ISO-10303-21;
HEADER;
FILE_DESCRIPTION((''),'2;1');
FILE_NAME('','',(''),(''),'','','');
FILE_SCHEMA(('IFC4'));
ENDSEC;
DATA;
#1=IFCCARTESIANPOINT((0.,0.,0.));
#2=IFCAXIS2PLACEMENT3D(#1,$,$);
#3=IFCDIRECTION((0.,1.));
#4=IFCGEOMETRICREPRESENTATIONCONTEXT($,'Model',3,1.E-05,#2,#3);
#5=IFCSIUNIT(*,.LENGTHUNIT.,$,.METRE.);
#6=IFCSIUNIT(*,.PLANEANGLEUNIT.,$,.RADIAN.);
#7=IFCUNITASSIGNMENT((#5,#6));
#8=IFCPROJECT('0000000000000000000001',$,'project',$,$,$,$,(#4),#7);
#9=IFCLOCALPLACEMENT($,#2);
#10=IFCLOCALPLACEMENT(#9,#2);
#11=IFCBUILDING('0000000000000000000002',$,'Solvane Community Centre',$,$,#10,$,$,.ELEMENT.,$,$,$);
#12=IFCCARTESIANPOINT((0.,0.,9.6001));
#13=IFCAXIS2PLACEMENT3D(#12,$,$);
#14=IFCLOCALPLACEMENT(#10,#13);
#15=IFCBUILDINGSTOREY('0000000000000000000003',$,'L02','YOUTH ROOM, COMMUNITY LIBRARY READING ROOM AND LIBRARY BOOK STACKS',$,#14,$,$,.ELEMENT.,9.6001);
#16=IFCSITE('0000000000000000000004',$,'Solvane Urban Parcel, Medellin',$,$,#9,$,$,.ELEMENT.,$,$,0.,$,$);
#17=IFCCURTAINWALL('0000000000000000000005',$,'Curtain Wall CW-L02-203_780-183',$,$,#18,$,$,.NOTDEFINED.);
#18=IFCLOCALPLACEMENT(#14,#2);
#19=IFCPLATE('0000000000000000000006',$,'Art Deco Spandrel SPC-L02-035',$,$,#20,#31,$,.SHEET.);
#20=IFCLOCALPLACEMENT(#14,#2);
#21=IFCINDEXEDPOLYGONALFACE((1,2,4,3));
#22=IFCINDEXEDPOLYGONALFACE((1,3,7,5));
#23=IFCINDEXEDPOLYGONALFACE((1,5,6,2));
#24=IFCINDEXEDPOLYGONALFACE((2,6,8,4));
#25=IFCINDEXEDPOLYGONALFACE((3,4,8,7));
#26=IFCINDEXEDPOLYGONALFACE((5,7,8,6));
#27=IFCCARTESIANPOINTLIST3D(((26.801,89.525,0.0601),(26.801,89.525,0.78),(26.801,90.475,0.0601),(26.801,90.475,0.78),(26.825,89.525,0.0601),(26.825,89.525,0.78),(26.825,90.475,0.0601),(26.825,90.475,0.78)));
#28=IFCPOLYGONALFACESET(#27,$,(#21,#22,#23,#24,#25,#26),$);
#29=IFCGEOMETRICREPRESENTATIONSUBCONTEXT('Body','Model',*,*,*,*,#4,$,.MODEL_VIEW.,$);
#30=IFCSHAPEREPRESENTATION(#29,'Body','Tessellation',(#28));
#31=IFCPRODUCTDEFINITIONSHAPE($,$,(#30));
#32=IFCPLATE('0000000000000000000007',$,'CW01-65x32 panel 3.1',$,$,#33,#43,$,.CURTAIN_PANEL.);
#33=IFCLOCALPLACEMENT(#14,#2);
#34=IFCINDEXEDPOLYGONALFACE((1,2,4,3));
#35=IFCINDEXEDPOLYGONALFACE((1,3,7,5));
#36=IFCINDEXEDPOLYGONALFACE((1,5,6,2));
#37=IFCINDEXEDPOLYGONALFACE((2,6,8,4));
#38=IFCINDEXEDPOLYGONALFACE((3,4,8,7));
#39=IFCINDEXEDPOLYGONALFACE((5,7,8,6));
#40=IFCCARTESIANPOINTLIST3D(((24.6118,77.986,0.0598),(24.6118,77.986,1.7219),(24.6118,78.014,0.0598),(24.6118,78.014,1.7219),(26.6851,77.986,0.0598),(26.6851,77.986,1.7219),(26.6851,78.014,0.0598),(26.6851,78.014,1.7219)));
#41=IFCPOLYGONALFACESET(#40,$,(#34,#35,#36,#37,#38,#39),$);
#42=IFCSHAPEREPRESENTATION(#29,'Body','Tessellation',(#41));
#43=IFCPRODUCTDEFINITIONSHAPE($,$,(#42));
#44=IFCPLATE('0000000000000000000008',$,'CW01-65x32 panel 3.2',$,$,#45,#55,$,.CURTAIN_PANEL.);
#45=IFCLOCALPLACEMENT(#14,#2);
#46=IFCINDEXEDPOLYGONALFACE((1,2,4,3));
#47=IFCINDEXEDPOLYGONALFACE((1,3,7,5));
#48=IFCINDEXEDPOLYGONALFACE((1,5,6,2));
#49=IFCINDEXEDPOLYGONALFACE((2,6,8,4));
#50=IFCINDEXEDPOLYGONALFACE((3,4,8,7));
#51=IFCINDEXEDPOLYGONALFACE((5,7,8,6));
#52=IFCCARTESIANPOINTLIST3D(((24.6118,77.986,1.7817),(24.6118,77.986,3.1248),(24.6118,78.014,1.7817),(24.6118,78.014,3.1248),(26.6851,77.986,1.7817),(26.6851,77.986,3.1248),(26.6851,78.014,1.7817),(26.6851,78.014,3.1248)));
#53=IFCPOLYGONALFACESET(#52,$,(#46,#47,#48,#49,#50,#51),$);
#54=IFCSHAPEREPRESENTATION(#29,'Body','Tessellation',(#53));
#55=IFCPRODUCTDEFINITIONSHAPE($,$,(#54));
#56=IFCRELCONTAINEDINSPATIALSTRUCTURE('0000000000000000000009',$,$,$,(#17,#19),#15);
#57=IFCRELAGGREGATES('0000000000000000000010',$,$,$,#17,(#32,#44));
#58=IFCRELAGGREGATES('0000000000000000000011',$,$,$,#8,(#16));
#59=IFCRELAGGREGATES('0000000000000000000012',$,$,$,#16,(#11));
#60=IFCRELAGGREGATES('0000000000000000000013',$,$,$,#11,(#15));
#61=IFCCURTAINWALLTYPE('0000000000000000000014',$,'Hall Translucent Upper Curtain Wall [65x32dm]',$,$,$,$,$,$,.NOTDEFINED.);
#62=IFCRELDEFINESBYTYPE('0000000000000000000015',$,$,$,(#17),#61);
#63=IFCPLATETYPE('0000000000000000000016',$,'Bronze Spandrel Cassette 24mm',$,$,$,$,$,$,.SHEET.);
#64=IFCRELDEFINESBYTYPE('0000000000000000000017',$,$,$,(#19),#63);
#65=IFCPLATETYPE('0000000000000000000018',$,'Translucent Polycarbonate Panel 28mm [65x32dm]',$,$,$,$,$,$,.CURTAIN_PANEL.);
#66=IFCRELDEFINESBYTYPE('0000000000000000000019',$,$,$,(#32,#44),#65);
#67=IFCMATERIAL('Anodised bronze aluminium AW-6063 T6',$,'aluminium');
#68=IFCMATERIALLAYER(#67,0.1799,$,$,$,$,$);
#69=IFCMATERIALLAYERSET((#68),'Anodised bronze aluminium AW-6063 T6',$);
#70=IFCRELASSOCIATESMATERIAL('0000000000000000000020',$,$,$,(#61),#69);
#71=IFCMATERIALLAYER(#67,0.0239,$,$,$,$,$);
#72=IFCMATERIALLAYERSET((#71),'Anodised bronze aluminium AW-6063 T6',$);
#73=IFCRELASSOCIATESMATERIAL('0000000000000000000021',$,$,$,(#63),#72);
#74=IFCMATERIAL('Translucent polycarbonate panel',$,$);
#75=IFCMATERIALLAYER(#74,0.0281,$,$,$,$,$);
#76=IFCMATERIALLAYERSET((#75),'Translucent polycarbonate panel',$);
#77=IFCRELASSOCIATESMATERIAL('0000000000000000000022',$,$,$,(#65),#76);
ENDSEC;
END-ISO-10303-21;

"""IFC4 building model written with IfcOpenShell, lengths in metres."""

from ifc_helpers import new_model, si_unit, direction, frame, origin, origin_2d, place, context, subcontext, project, spatial, rectangle, extrude, material, layer, layer_set, type_object, element, aggregate, save


model = new_model("IFC4")

# Units and contexts
model_context = context("Model", 3, precision=1e-05, world=origin(), true_north=direction((0.0, 1.0)))
body_context = subcontext(model_context, "Body", "Model", "MODEL_VIEW")
ifc_project = project(units=[si_unit("LENGTHUNIT", "METRE"), si_unit("PLANEANGLEUNIT", "RADIAN")], contexts=[model_context])

# Site, building, storey
site_placement = place(None, origin())
site = spatial("IfcSite", under=ifc_project, at=site_placement, Name="Solvane Urban Parcel, Medellin", CompositionType="ELEMENT", RefElevation=0.0)
building_placement = place(site_placement, origin())
building = spatial("IfcBuilding", under=site, at=building_placement, Name="Solvane Community Centre", CompositionType="ELEMENT")
storey_placement = place(building_placement, frame((0.0, 0.0, 9.6001)))
storey = spatial("IfcBuildingStorey", under=building, at=storey_placement, Name="L02", Description="YOUTH ROOM, COMMUNITY LIBRARY READING ROOM AND LIBRARY BOOK STACKS", CompositionType="ELEMENT", Elevation=9.6001)

# Curtain wall
ifc_material_1 = material(Name="Anodised bronze aluminium AW-6063 T6", Category="aluminium")
ifc_layer_1 = layer(ifc_material_1, 0.1799)
ifc_layer_set_1 = layer_set([ifc_layer_1], Name="Anodised bronze aluminium AW-6063 T6")
curtain_wall_type = type_object("IfcCurtainWallType", Name="Hall Translucent Upper Curtain Wall [65x32dm]", PredefinedType="NOTDEFINED", material=ifc_layer_set_1)
curtain_wall_placement = place(storey_placement, origin())
curtain_wall = element("IfcCurtainWall", 1, at=curtain_wall_placement, inside=storey, type_object=curtain_wall_type, Name="Curtain Wall CW-L02-203_780-183", PredefinedType="NOTDEFINED")

# Plates
ifc_layer_2 = layer(ifc_material_1, 0.0239)
ifc_layer_set_2 = layer_set([ifc_layer_2], Name="Anodised bronze aluminium AW-6063 T6")
plate_type_1 = type_object("IfcPlateType", Name="Bronze Spandrel Cassette 24mm", PredefinedType="SHEET", material=ifc_layer_set_2)
plate_1_placement = place(storey_placement, frame((26.813, 90.0, 0.0601), z_axis=(0.0, 0.0, 1.0), x_axis=(0.0, 1.0, 0.0)))
element("IfcPlate", 2, at=plate_1_placement, inside=storey, type_object=plate_type_1, Name="Art Deco Spandrel SPC-L02-035", PredefinedType="SHEET", context=body_context, shape_type="SweptSolid", body=[
    extrude(rectangle(XDim=0.95, YDim=0.0239, at=origin_2d()), origin(), (0.0, 0.0, 1.0), 0.72),
])
ifc_material_2 = material(Name="Translucent polycarbonate panel")
ifc_layer_3 = layer(ifc_material_2, 0.0281)
ifc_layer_set_3 = layer_set([ifc_layer_3], Name="Translucent polycarbonate panel")
plate_type_2 = type_object("IfcPlateType", Name="Translucent Polycarbonate Panel 28mm [65x32dm]", PredefinedType="CURTAIN_PANEL", material=ifc_layer_set_3)
plate_2_placement = place(storey_placement, frame((25.6484, 78.0, 0.0598), z_axis=(0.0, 0.0, 1.0), x_axis=(1.0, 0.0, 0.0)))
plate_2 = element("IfcPlate", 3, at=plate_2_placement, type_object=plate_type_2, Name="CW01-65x32 panel 3.1", PredefinedType="CURTAIN_PANEL", context=body_context, shape_type="SweptSolid", body=[
    extrude(rectangle(XDim=2.0732, YDim=0.0281, at=origin_2d()), origin(), (0.0, 0.0, 1.0), 1.6621),
])
plate_3_placement = place(storey_placement, frame((25.6484, 78.0, 1.7817), z_axis=(0.0, 0.0, 1.0), x_axis=(1.0, 0.0, 0.0)))
plate_3 = element("IfcPlate", 4, at=plate_3_placement, type_object=plate_type_2, Name="CW01-65x32 panel 3.2", PredefinedType="CURTAIN_PANEL", context=body_context, shape_type="SweptSolid", body=[
    extrude(rectangle(XDim=2.0732, YDim=0.0281, at=origin_2d()), origin(), (0.0, 0.0, 1.0), 1.343),
])
aggregate(curtain_wall, [plate_2, plate_3])

save(model, "model.ifc")
